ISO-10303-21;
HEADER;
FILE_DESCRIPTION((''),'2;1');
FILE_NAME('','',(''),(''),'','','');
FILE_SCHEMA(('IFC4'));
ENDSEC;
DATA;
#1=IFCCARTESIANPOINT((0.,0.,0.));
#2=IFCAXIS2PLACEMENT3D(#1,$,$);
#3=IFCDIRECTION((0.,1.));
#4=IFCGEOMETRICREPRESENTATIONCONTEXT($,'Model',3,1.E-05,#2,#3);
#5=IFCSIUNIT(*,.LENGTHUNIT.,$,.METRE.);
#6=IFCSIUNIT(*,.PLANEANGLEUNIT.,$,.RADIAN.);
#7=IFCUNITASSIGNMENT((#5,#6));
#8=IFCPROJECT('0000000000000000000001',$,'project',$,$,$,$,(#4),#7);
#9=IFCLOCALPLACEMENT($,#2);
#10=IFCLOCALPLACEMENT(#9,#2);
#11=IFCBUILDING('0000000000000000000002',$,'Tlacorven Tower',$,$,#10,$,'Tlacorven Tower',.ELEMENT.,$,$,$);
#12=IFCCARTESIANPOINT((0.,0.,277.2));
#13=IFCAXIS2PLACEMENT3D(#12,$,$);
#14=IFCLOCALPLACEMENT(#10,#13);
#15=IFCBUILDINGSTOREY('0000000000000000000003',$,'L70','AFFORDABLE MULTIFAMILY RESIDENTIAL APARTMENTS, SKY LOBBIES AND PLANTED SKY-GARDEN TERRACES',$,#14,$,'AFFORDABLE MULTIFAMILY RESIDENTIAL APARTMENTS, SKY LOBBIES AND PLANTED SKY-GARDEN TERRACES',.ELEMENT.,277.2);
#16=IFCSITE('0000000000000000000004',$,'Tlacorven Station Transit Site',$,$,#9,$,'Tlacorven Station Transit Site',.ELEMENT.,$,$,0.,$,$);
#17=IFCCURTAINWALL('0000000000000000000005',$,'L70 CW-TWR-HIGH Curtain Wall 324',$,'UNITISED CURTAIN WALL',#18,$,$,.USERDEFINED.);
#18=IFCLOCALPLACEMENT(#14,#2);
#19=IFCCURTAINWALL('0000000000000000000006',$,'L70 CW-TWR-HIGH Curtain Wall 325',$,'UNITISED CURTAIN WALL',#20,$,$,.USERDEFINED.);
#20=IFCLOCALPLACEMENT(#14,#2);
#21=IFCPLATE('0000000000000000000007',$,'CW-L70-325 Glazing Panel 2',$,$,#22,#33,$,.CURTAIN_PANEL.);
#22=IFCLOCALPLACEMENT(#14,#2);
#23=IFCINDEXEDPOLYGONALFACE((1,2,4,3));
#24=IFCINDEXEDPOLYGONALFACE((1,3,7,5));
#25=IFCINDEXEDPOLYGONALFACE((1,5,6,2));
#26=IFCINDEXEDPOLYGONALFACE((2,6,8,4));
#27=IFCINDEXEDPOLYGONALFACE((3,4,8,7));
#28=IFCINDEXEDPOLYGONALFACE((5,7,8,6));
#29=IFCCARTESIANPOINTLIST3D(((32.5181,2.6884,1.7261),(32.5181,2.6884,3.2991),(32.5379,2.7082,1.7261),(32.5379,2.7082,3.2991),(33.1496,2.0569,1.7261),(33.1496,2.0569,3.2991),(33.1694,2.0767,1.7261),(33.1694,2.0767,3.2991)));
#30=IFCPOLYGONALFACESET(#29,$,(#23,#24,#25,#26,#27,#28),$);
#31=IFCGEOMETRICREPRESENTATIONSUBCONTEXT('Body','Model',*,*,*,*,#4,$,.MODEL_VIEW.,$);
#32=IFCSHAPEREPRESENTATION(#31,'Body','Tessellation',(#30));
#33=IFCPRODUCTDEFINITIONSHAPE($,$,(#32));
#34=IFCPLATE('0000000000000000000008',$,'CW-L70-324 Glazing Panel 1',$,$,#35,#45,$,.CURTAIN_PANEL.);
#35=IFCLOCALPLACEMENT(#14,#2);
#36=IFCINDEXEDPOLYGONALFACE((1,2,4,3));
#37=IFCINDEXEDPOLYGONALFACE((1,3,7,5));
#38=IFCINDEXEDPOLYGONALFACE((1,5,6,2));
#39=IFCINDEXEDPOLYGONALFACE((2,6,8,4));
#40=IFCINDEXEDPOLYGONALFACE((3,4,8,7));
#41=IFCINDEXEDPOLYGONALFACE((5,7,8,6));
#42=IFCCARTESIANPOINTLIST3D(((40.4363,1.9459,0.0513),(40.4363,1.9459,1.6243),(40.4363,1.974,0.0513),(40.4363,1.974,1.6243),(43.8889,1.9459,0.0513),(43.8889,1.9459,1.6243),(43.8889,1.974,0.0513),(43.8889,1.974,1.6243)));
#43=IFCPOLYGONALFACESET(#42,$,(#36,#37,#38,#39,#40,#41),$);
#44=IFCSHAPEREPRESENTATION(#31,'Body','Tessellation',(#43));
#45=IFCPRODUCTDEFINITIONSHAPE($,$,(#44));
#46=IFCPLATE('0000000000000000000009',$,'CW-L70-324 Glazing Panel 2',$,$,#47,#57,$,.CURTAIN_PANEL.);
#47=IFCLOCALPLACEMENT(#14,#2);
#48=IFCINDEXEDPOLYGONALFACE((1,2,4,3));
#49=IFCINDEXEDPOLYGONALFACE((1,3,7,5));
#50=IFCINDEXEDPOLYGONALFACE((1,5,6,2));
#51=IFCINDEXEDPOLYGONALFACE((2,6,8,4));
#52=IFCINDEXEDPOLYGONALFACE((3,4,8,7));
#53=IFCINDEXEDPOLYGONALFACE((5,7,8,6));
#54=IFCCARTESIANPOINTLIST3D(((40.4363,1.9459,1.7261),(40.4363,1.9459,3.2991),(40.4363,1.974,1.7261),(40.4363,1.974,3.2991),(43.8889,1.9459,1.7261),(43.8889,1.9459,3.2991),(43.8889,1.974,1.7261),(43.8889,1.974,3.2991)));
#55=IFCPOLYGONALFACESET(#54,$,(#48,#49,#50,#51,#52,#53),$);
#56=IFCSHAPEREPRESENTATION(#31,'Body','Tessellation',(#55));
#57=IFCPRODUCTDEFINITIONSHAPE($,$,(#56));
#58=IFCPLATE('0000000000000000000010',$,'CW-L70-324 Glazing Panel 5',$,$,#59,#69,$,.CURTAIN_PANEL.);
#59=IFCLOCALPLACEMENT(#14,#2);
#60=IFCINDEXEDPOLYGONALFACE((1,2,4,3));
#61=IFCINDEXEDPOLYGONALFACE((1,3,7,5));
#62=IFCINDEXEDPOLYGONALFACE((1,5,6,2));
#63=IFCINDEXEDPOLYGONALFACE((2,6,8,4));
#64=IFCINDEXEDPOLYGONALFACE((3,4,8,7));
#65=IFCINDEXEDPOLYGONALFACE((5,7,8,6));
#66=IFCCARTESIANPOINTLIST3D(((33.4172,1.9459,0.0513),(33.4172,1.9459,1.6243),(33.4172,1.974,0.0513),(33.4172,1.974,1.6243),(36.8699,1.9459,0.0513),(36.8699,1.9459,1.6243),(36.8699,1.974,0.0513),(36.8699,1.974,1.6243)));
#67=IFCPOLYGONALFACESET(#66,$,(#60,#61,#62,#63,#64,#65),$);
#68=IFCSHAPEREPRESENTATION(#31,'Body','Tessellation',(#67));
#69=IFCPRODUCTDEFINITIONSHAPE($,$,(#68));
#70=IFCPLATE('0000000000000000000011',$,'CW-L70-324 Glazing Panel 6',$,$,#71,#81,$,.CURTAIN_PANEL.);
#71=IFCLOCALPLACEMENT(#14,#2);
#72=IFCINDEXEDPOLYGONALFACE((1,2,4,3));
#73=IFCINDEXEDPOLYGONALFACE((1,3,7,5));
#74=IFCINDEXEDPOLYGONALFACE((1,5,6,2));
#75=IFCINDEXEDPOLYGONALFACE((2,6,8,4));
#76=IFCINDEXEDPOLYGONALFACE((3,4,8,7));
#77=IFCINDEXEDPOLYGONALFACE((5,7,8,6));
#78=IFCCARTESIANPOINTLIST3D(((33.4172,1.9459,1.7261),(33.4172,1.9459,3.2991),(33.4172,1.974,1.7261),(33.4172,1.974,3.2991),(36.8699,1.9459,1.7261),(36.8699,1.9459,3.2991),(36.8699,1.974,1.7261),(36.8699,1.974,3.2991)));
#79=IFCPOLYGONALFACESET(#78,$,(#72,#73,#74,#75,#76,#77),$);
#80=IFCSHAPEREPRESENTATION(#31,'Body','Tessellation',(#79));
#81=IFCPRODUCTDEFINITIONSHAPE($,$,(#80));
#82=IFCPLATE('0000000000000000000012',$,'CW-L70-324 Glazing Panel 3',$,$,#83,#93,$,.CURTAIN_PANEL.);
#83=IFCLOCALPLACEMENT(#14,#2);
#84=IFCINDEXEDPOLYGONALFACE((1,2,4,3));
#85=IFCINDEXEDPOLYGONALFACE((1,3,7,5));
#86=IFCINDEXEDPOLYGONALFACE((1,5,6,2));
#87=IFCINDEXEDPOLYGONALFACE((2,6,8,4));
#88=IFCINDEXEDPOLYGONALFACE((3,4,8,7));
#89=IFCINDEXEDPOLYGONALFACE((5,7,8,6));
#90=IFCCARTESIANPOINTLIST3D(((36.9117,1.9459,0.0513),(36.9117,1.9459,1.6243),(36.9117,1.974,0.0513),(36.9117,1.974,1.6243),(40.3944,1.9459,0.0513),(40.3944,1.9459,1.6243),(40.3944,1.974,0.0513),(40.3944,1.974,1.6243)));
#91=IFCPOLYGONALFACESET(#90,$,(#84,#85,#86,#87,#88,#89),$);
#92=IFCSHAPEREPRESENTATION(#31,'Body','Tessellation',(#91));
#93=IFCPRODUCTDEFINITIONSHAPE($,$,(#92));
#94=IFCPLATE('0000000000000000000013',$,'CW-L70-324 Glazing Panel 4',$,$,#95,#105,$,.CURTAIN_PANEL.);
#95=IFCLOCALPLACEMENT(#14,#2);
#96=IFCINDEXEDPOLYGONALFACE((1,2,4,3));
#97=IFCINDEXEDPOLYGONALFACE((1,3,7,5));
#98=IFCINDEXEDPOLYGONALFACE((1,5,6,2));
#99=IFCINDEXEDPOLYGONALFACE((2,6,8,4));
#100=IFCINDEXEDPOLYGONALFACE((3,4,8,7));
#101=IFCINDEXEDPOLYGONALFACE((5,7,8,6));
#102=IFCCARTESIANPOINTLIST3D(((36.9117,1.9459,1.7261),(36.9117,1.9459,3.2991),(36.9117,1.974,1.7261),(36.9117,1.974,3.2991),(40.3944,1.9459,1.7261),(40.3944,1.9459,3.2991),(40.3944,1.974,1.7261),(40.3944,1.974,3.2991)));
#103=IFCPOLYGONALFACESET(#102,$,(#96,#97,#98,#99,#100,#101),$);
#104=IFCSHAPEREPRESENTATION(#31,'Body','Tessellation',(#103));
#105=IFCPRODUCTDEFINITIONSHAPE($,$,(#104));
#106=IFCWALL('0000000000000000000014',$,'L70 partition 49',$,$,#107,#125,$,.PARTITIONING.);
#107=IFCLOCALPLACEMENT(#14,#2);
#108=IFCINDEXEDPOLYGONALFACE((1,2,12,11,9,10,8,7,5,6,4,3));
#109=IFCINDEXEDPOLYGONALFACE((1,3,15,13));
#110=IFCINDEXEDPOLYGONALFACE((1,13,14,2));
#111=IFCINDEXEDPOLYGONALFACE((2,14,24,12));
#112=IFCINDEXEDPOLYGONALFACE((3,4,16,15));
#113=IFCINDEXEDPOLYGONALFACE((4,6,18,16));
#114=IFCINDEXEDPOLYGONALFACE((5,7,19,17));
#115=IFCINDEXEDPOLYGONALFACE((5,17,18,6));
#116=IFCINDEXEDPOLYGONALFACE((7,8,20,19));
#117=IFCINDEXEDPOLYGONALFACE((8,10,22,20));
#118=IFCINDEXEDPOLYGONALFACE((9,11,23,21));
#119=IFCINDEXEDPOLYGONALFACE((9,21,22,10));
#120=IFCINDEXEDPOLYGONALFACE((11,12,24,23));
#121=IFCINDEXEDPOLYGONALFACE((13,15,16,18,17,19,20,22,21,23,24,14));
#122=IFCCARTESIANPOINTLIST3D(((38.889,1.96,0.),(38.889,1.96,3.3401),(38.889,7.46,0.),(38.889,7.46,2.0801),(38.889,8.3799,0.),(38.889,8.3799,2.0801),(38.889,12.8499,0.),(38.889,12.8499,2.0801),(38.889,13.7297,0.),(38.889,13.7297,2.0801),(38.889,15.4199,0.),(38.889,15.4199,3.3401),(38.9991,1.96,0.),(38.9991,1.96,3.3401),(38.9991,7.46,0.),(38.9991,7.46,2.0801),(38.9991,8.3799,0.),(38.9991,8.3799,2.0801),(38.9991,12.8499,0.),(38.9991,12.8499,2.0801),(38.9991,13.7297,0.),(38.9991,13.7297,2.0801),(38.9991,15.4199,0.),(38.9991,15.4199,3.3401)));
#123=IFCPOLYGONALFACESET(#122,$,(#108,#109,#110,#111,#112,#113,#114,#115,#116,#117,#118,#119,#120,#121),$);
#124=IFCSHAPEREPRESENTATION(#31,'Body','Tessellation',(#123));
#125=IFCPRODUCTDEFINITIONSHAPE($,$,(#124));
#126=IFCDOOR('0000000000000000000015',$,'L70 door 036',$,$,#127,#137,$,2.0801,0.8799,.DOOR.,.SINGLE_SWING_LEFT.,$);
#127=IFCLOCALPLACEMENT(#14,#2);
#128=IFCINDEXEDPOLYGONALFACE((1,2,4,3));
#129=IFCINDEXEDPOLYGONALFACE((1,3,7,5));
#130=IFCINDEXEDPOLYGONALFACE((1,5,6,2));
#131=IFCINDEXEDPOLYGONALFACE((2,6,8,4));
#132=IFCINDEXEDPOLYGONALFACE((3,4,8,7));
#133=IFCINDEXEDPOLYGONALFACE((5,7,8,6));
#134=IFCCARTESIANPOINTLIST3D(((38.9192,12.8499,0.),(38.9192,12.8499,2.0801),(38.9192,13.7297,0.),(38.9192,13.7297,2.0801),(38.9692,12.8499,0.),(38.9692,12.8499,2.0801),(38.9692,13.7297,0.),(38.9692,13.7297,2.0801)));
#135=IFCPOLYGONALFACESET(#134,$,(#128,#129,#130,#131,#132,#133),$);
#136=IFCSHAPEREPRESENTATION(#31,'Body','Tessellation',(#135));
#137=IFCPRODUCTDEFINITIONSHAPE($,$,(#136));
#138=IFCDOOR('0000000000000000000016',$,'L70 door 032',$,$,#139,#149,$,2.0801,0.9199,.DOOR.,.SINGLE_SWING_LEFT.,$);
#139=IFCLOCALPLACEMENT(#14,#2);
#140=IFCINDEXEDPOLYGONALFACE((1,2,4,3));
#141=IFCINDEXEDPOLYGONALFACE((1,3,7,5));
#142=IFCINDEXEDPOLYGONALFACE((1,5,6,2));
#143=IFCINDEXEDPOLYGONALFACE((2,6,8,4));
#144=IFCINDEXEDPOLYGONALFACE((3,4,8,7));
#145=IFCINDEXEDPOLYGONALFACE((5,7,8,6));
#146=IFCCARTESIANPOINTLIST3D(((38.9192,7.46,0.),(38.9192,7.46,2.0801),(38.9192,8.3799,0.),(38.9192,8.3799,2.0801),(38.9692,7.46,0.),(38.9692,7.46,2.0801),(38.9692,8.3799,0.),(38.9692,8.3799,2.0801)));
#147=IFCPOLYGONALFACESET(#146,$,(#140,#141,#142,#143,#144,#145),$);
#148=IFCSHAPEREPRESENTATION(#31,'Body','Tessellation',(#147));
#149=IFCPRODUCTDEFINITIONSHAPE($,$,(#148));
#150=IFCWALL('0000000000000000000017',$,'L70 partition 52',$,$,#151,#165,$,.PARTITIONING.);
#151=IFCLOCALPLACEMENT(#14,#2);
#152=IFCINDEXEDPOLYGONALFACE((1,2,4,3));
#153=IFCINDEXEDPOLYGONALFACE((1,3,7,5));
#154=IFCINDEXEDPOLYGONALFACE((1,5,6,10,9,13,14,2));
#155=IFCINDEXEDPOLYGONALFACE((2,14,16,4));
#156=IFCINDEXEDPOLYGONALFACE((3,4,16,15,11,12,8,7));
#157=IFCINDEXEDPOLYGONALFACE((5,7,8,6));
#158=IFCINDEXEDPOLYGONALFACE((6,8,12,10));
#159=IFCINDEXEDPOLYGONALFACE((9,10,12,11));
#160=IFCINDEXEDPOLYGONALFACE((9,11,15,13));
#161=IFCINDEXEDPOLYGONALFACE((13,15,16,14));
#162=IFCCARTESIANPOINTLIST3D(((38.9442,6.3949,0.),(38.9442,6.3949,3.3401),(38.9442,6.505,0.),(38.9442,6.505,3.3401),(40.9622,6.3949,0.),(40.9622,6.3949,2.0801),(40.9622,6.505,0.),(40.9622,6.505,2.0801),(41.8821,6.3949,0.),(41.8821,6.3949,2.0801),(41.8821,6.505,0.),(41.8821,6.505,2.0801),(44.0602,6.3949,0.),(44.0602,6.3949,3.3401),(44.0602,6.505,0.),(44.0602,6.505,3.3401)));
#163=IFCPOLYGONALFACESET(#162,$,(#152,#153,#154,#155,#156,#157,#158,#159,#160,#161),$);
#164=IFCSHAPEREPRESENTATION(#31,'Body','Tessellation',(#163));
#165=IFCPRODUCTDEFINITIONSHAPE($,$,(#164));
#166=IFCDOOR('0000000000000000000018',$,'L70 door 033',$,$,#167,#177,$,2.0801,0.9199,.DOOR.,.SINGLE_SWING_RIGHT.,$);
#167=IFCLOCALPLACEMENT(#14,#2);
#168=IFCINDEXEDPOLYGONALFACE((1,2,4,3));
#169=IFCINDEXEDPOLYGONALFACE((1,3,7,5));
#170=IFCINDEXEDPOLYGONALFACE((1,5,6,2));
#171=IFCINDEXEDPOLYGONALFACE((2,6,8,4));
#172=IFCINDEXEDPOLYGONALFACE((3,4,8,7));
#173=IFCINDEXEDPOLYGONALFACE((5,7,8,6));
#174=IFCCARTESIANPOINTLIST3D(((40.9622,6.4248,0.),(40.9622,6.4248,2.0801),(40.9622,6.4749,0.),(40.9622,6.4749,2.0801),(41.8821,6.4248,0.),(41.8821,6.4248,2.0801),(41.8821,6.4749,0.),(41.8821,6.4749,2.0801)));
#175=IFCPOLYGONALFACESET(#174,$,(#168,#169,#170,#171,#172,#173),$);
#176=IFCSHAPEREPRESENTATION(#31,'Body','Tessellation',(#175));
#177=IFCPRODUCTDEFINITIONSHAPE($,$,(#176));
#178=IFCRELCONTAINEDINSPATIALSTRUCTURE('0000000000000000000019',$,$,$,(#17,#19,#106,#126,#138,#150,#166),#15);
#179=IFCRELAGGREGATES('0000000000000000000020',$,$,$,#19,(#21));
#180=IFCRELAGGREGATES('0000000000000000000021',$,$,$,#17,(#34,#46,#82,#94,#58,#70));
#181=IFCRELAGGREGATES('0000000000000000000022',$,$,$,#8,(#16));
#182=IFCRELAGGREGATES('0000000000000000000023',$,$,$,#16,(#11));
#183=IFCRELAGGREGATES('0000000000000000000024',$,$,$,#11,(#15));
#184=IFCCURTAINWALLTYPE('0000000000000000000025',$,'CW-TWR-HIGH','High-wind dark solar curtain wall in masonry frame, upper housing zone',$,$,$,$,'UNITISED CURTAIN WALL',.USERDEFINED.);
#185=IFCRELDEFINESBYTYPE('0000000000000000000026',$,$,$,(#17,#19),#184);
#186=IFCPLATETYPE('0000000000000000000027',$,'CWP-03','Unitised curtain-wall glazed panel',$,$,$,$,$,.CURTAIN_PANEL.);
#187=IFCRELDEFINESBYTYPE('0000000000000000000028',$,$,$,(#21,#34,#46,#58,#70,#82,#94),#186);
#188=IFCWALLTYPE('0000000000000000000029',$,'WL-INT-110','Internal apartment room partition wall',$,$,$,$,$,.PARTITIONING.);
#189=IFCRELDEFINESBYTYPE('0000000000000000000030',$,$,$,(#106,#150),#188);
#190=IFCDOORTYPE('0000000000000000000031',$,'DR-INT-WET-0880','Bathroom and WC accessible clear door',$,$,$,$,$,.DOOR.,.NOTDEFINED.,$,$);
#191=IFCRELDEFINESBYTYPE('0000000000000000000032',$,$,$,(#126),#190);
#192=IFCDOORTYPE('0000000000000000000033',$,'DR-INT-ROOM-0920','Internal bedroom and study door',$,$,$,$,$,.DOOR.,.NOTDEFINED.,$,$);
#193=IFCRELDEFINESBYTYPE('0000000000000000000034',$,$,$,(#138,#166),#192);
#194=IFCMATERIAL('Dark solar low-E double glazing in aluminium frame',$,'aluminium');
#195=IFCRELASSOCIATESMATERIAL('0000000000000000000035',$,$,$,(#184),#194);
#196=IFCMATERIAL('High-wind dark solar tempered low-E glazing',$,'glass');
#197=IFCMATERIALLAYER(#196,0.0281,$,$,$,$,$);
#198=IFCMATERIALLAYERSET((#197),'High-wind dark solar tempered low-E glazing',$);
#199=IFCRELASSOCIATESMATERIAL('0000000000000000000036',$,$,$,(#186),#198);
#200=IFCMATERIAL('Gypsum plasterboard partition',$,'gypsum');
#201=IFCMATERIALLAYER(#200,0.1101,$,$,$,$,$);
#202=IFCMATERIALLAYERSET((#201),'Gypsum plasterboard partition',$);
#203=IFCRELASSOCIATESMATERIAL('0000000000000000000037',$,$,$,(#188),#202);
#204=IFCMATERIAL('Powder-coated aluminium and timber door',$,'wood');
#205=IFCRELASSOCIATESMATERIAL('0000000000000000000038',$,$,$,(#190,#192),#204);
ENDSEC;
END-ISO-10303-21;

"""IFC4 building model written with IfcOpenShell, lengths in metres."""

from ifc_helpers import new_model, si_unit, direction, frame, frame_2d, origin, origin_2d, place, context, subcontext, project, spatial, rectangle, extrude, source, transform, mapped, material, layer, layer_set, type_object, element, fill, aggregate, save


model = new_model("IFC4")

# Units and contexts
model_context = context("Model", 3, precision=1e-05, world=origin(), true_north=direction((0.0, 1.0)))
body_context = subcontext(model_context, "Body", "Model", "MODEL_VIEW")
ifc_project = project(units=[si_unit("LENGTHUNIT", "METRE"), si_unit("PLANEANGLEUNIT", "RADIAN")], contexts=[model_context])

# Site, building, storey
site_placement = place(None, origin())
site = spatial("IfcSite", under=ifc_project, at=site_placement, Name="Tlacorven Station Transit Site", LongName="Tlacorven Station Transit Site", CompositionType="ELEMENT", RefElevation=0.0)
building_placement = place(site_placement, origin())
building = spatial("IfcBuilding", under=site, at=building_placement, Name="Tlacorven Tower", LongName="Tlacorven Tower", CompositionType="ELEMENT")
storey_placement = place(building_placement, frame((0.0, 0.0, 277.2)))
storey = spatial("IfcBuildingStorey", under=building, at=storey_placement, Name="L70", Description="AFFORDABLE MULTIFAMILY RESIDENTIAL APARTMENTS, SKY LOBBIES AND PLANTED SKY-GARDEN TERRACES", LongName="AFFORDABLE MULTIFAMILY RESIDENTIAL APARTMENTS, SKY LOBBIES AND PLANTED SKY-GARDEN TERRACES", CompositionType="ELEMENT", Elevation=277.2)

# Curtain walls
ifc_material_1 = material(Name="Dark solar low-E double glazing in aluminium frame", Category="aluminium")
curtain_wall_type = type_object("IfcCurtainWallType", Name="CW-TWR-HIGH", Description="High-wind dark solar curtain wall in masonry frame, upper housing zone", ElementType="UNITISED CURTAIN WALL", PredefinedType="USERDEFINED", material=ifc_material_1)
curtain_wall_1_placement = place(storey_placement, origin())
curtain_wall_1 = element("IfcCurtainWall", 1, at=curtain_wall_1_placement, inside=storey, type_object=curtain_wall_type, Name="L70 CW-TWR-HIGH Curtain Wall 324", ObjectType="UNITISED CURTAIN WALL", PredefinedType="USERDEFINED")
curtain_wall_2_placement = place(storey_placement, origin())
curtain_wall_2 = element("IfcCurtainWall", 2, at=curtain_wall_2_placement, inside=storey, type_object=curtain_wall_type, Name="L70 CW-TWR-HIGH Curtain Wall 325", ObjectType="UNITISED CURTAIN WALL", PredefinedType="USERDEFINED")

# Plates
ifc_material_2 = material(Name="High-wind dark solar tempered low-E glazing", Category="glass")
ifc_layer_1 = layer(ifc_material_2, 0.0281)
ifc_layer_set_1 = layer_set([ifc_layer_1], Name="High-wind dark solar tempered low-E glazing")
plate_type = type_object("IfcPlateType", Name="CWP-03", Description="Unitised curtain-wall glazed panel", PredefinedType="CURTAIN_PANEL", material=ifc_layer_set_1)
shared_shape_1 = source(origin(), body_context, "Body", "SweptSolid", [
    extrude(rectangle(XDim=0.8931, YDim=0.0281, at=origin_2d()), origin(), (0.0, 0.0, 1.0), 1.573),
])
plate_1_placement = place(storey_placement, frame((32.8438, 2.3826, 1.7261), z_axis=(0.0, 0.0, 1.0), x_axis=(-0.707107, 0.707107, 0.0)))
plate_1 = element("IfcPlate", 3, at=plate_1_placement, type_object=plate_type, Name="CW-L70-325 Glazing Panel 2", PredefinedType="CURTAIN_PANEL", context=body_context, shape_type="MappedRepresentation", body=[
    mapped(shared_shape_1, transform((0.0, 0.0, 0.0), scale=1.0)),
])
aggregate(curtain_wall_2, [plate_1])
shared_shape_2 = source(origin(), body_context, "Body", "SweptSolid", [
    extrude(rectangle(XDim=3.4526, YDim=0.0281, at=origin_2d()), origin(), (0.0, 0.0, 1.0), 1.573),
])
plate_2_placement = place(storey_placement, frame((42.1626, 1.96, 0.0513), z_axis=(0.0, 0.0, 1.0), x_axis=(-1.0, 0.0, 0.0)))
plate_2 = element("IfcPlate", 4, at=plate_2_placement, type_object=plate_type, Name="CW-L70-324 Glazing Panel 1", PredefinedType="CURTAIN_PANEL", context=body_context, shape_type="MappedRepresentation", body=[
    mapped(shared_shape_2, transform((0.0, 0.0, 0.0), scale=1.0)),
])
plate_3_placement = place(storey_placement, frame((42.1626, 1.96, 1.7261), z_axis=(0.0, 0.0, 1.0), x_axis=(-1.0, 0.0, 0.0)))
plate_3 = element("IfcPlate", 5, at=plate_3_placement, type_object=plate_type, Name="CW-L70-324 Glazing Panel 2", PredefinedType="CURTAIN_PANEL", context=body_context, shape_type="MappedRepresentation", body=[
    mapped(shared_shape_2, transform((0.0, 0.0, 0.0), scale=1.0)),
])
plate_4_placement = place(storey_placement, frame((35.1436, 1.96, 0.0513), z_axis=(0.0, 0.0, 1.0), x_axis=(-1.0, 0.0, 0.0)))
plate_4 = element("IfcPlate", 6, at=plate_4_placement, type_object=plate_type, Name="CW-L70-324 Glazing Panel 5", PredefinedType="CURTAIN_PANEL", context=body_context, shape_type="MappedRepresentation", body=[
    mapped(shared_shape_2, transform((0.0, 0.0, 0.0), scale=1.0)),
])
plate_5_placement = place(storey_placement, frame((35.1436, 1.96, 1.7261), z_axis=(0.0, 0.0, 1.0), x_axis=(-1.0, 0.0, 0.0)))
plate_5 = element("IfcPlate", 7, at=plate_5_placement, type_object=plate_type, Name="CW-L70-324 Glazing Panel 6", PredefinedType="CURTAIN_PANEL", context=body_context, shape_type="MappedRepresentation", body=[
    mapped(shared_shape_2, transform((0.0, 0.0, 0.0), scale=1.0)),
])
shared_shape_3 = source(origin(), body_context, "Body", "SweptSolid", [
    extrude(rectangle(XDim=3.4827, YDim=0.0281, at=origin_2d()), origin(), (0.0, 0.0, 1.0), 1.573),
])
plate_6_placement = place(storey_placement, frame((38.6531, 1.96, 0.0513), z_axis=(0.0, 0.0, 1.0), x_axis=(-1.0, 0.0, 0.0)))
plate_6 = element("IfcPlate", 8, at=plate_6_placement, type_object=plate_type, Name="CW-L70-324 Glazing Panel 3", PredefinedType="CURTAIN_PANEL", context=body_context, shape_type="MappedRepresentation", body=[
    mapped(shared_shape_3, transform((0.0, 0.0, 0.0), scale=1.0)),
])
plate_7_placement = place(storey_placement, frame((38.6531, 1.96, 1.7261), z_axis=(0.0, 0.0, 1.0), x_axis=(-1.0, 0.0, 0.0)))
plate_7 = element("IfcPlate", 9, at=plate_7_placement, type_object=plate_type, Name="CW-L70-324 Glazing Panel 4", PredefinedType="CURTAIN_PANEL", context=body_context, shape_type="MappedRepresentation", body=[
    mapped(shared_shape_3, transform((0.0, 0.0, 0.0), scale=1.0)),
])
aggregate(curtain_wall_1, [plate_2, plate_3, plate_6, plate_7, plate_4, plate_5])

# Wall, openings, doors
ifc_material_3 = material(Name="Gypsum plasterboard partition", Category="gypsum")
ifc_layer_2 = layer(ifc_material_3, 0.1101)
ifc_layer_set_2 = layer_set([ifc_layer_2], Name="Gypsum plasterboard partition")
wall_type = type_object("IfcWallType", Name="WL-INT-110", Description="Internal apartment room partition wall", PredefinedType="PARTITIONING", material=ifc_layer_set_2)
wall_1_placement = place(storey_placement, frame((38.9441, 1.96, 0.0), z_axis=(0.0, 0.0, 1.0), x_axis=(0.0, 1.0, 0.0)))
wall_1 = element("IfcWall", 10, at=wall_1_placement, inside=storey, type_object=wall_type, Name="L70 partition 49", PredefinedType="PARTITIONING", context=body_context, shape_type="SweptSolid", body=[
    extrude(rectangle(XDim=13.46, YDim=0.1101, at=frame_2d((6.73, 0.0))), origin(), (0.0, 0.0, 1.0), 3.3401),
])
opening_1_placement = place(wall_1_placement, frame((5.5, 0.0, 0.0)))
opening_1 = element("IfcOpeningElement", 11, at=opening_1_placement, cuts=wall_1, PredefinedType="OPENING", context=body_context, shape_type="SweptSolid", body=[
    extrude(rectangle(XDim=0.9199, YDim=2.0801, at=frame_2d((0.46, 1.04))), frame((0.0, 0.0649, 0.0), z_axis=(0.0, -1.0, 0.0), x_axis=(1.0, 0.0, 0.0)), (0.0, 0.0, 1.0), 0.1301),
])
opening_2_placement = place(wall_1_placement, frame((10.8899, 0.0, 0.0)))
opening_2 = element("IfcOpeningElement", 12, at=opening_2_placement, cuts=wall_1, PredefinedType="OPENING", context=body_context, shape_type="SweptSolid", body=[
    extrude(rectangle(XDim=0.8799, YDim=2.0801, at=frame_2d((0.4399, 1.04))), frame((0.0, 0.0649, 0.0), z_axis=(0.0, -1.0, 0.0), x_axis=(1.0, 0.0, 0.0)), (0.0, 0.0, 1.0), 0.1301),
])
ifc_material_4 = material(Name="Powder-coated aluminium and timber door", Category="wood")
door_type_1 = type_object("IfcDoorType", Name="DR-INT-WET-0880", Description="Bathroom and WC accessible clear door", OperationType="NOTDEFINED", PredefinedType="DOOR", material=ifc_material_4)
shared_shape_4 = source(origin(), body_context, "Body", "SweptSolid", [
    extrude(rectangle(XDim=0.8799, YDim=2.0801, at=frame_2d((0.4399, 1.04))), frame((0.0, 0.0249, 0.0), z_axis=(0.0, -1.0, 0.0), x_axis=(1.0, 0.0, 0.0)), (0.0, 0.0, 1.0), 0.05),
])
door_1_placement = place(opening_2_placement, origin())
door_1 = element("IfcDoor", 13, at=door_1_placement, inside=storey, type_object=door_type_1, Name="L70 door 036", OperationType="SINGLE_SWING_LEFT", OverallHeight=2.0801, OverallWidth=0.8799, PredefinedType="DOOR", context=body_context, shape_type="MappedRepresentation", body=[
    mapped(shared_shape_4, transform((0.0, 0.0, 0.0), scale=1.0)),
])
fill(opening_2, door_1)
door_type_2 = type_object("IfcDoorType", Name="DR-INT-ROOM-0920", Description="Internal bedroom and study door", OperationType="NOTDEFINED", PredefinedType="DOOR", material=ifc_material_4)
shared_shape_5 = source(origin(), body_context, "Body", "SweptSolid", [
    extrude(rectangle(XDim=0.9199, YDim=2.0801, at=frame_2d((0.46, 1.04))), frame((0.0, 0.0249, 0.0), z_axis=(0.0, -1.0, 0.0), x_axis=(1.0, 0.0, 0.0)), (0.0, 0.0, 1.0), 0.05),
])
door_2_placement = place(opening_1_placement, origin())
door_2 = element("IfcDoor", 14, at=door_2_placement, inside=storey, type_object=door_type_2, Name="L70 door 032", OperationType="SINGLE_SWING_LEFT", OverallHeight=2.0801, OverallWidth=0.9199, PredefinedType="DOOR", context=body_context, shape_type="MappedRepresentation", body=[
    mapped(shared_shape_5, transform((0.0, 0.0, 0.0), scale=1.0)),
])
fill(opening_1, door_2)

# Wall, opening, door
wall_2_placement = place(storey_placement, frame((38.9441, 6.45, 0.0), z_axis=(0.0, 0.0, 1.0), x_axis=(1.0, 0.0, 0.0)))
wall_2 = element("IfcWall", 15, at=wall_2_placement, inside=storey, type_object=wall_type, Name="L70 partition 52", PredefinedType="PARTITIONING", context=body_context, shape_type="SweptSolid", body=[
    extrude(rectangle(XDim=5.116, YDim=0.1101, at=frame_2d((2.5581, 0.0))), origin(), (0.0, 0.0, 1.0), 3.3401),
])
opening_3_placement = place(wall_2_placement, frame((2.0181, 0.0, 0.0)))
opening_3 = element("IfcOpeningElement", 16, at=opening_3_placement, cuts=wall_2, PredefinedType="OPENING", context=body_context, shape_type="SweptSolid", body=[
    extrude(rectangle(XDim=0.9199, YDim=2.0801, at=frame_2d((0.46, 1.04))), frame((0.0, 0.0649, 0.0), z_axis=(0.0, -1.0, 0.0), x_axis=(1.0, 0.0, 0.0)), (0.0, 0.0, 1.0), 0.1301),
])
door_3_placement = place(opening_3_placement, origin())
door_3 = element("IfcDoor", 17, at=door_3_placement, inside=storey, type_object=door_type_2, Name="L70 door 033", OperationType="SINGLE_SWING_RIGHT", OverallHeight=2.0801, OverallWidth=0.9199, PredefinedType="DOOR", context=body_context, shape_type="MappedRepresentation", body=[
    mapped(shared_shape_5, transform((0.0, 0.0, 0.0), scale=1.0)),
])
fill(opening_3, door_3)

save(model, "model.ifc")
